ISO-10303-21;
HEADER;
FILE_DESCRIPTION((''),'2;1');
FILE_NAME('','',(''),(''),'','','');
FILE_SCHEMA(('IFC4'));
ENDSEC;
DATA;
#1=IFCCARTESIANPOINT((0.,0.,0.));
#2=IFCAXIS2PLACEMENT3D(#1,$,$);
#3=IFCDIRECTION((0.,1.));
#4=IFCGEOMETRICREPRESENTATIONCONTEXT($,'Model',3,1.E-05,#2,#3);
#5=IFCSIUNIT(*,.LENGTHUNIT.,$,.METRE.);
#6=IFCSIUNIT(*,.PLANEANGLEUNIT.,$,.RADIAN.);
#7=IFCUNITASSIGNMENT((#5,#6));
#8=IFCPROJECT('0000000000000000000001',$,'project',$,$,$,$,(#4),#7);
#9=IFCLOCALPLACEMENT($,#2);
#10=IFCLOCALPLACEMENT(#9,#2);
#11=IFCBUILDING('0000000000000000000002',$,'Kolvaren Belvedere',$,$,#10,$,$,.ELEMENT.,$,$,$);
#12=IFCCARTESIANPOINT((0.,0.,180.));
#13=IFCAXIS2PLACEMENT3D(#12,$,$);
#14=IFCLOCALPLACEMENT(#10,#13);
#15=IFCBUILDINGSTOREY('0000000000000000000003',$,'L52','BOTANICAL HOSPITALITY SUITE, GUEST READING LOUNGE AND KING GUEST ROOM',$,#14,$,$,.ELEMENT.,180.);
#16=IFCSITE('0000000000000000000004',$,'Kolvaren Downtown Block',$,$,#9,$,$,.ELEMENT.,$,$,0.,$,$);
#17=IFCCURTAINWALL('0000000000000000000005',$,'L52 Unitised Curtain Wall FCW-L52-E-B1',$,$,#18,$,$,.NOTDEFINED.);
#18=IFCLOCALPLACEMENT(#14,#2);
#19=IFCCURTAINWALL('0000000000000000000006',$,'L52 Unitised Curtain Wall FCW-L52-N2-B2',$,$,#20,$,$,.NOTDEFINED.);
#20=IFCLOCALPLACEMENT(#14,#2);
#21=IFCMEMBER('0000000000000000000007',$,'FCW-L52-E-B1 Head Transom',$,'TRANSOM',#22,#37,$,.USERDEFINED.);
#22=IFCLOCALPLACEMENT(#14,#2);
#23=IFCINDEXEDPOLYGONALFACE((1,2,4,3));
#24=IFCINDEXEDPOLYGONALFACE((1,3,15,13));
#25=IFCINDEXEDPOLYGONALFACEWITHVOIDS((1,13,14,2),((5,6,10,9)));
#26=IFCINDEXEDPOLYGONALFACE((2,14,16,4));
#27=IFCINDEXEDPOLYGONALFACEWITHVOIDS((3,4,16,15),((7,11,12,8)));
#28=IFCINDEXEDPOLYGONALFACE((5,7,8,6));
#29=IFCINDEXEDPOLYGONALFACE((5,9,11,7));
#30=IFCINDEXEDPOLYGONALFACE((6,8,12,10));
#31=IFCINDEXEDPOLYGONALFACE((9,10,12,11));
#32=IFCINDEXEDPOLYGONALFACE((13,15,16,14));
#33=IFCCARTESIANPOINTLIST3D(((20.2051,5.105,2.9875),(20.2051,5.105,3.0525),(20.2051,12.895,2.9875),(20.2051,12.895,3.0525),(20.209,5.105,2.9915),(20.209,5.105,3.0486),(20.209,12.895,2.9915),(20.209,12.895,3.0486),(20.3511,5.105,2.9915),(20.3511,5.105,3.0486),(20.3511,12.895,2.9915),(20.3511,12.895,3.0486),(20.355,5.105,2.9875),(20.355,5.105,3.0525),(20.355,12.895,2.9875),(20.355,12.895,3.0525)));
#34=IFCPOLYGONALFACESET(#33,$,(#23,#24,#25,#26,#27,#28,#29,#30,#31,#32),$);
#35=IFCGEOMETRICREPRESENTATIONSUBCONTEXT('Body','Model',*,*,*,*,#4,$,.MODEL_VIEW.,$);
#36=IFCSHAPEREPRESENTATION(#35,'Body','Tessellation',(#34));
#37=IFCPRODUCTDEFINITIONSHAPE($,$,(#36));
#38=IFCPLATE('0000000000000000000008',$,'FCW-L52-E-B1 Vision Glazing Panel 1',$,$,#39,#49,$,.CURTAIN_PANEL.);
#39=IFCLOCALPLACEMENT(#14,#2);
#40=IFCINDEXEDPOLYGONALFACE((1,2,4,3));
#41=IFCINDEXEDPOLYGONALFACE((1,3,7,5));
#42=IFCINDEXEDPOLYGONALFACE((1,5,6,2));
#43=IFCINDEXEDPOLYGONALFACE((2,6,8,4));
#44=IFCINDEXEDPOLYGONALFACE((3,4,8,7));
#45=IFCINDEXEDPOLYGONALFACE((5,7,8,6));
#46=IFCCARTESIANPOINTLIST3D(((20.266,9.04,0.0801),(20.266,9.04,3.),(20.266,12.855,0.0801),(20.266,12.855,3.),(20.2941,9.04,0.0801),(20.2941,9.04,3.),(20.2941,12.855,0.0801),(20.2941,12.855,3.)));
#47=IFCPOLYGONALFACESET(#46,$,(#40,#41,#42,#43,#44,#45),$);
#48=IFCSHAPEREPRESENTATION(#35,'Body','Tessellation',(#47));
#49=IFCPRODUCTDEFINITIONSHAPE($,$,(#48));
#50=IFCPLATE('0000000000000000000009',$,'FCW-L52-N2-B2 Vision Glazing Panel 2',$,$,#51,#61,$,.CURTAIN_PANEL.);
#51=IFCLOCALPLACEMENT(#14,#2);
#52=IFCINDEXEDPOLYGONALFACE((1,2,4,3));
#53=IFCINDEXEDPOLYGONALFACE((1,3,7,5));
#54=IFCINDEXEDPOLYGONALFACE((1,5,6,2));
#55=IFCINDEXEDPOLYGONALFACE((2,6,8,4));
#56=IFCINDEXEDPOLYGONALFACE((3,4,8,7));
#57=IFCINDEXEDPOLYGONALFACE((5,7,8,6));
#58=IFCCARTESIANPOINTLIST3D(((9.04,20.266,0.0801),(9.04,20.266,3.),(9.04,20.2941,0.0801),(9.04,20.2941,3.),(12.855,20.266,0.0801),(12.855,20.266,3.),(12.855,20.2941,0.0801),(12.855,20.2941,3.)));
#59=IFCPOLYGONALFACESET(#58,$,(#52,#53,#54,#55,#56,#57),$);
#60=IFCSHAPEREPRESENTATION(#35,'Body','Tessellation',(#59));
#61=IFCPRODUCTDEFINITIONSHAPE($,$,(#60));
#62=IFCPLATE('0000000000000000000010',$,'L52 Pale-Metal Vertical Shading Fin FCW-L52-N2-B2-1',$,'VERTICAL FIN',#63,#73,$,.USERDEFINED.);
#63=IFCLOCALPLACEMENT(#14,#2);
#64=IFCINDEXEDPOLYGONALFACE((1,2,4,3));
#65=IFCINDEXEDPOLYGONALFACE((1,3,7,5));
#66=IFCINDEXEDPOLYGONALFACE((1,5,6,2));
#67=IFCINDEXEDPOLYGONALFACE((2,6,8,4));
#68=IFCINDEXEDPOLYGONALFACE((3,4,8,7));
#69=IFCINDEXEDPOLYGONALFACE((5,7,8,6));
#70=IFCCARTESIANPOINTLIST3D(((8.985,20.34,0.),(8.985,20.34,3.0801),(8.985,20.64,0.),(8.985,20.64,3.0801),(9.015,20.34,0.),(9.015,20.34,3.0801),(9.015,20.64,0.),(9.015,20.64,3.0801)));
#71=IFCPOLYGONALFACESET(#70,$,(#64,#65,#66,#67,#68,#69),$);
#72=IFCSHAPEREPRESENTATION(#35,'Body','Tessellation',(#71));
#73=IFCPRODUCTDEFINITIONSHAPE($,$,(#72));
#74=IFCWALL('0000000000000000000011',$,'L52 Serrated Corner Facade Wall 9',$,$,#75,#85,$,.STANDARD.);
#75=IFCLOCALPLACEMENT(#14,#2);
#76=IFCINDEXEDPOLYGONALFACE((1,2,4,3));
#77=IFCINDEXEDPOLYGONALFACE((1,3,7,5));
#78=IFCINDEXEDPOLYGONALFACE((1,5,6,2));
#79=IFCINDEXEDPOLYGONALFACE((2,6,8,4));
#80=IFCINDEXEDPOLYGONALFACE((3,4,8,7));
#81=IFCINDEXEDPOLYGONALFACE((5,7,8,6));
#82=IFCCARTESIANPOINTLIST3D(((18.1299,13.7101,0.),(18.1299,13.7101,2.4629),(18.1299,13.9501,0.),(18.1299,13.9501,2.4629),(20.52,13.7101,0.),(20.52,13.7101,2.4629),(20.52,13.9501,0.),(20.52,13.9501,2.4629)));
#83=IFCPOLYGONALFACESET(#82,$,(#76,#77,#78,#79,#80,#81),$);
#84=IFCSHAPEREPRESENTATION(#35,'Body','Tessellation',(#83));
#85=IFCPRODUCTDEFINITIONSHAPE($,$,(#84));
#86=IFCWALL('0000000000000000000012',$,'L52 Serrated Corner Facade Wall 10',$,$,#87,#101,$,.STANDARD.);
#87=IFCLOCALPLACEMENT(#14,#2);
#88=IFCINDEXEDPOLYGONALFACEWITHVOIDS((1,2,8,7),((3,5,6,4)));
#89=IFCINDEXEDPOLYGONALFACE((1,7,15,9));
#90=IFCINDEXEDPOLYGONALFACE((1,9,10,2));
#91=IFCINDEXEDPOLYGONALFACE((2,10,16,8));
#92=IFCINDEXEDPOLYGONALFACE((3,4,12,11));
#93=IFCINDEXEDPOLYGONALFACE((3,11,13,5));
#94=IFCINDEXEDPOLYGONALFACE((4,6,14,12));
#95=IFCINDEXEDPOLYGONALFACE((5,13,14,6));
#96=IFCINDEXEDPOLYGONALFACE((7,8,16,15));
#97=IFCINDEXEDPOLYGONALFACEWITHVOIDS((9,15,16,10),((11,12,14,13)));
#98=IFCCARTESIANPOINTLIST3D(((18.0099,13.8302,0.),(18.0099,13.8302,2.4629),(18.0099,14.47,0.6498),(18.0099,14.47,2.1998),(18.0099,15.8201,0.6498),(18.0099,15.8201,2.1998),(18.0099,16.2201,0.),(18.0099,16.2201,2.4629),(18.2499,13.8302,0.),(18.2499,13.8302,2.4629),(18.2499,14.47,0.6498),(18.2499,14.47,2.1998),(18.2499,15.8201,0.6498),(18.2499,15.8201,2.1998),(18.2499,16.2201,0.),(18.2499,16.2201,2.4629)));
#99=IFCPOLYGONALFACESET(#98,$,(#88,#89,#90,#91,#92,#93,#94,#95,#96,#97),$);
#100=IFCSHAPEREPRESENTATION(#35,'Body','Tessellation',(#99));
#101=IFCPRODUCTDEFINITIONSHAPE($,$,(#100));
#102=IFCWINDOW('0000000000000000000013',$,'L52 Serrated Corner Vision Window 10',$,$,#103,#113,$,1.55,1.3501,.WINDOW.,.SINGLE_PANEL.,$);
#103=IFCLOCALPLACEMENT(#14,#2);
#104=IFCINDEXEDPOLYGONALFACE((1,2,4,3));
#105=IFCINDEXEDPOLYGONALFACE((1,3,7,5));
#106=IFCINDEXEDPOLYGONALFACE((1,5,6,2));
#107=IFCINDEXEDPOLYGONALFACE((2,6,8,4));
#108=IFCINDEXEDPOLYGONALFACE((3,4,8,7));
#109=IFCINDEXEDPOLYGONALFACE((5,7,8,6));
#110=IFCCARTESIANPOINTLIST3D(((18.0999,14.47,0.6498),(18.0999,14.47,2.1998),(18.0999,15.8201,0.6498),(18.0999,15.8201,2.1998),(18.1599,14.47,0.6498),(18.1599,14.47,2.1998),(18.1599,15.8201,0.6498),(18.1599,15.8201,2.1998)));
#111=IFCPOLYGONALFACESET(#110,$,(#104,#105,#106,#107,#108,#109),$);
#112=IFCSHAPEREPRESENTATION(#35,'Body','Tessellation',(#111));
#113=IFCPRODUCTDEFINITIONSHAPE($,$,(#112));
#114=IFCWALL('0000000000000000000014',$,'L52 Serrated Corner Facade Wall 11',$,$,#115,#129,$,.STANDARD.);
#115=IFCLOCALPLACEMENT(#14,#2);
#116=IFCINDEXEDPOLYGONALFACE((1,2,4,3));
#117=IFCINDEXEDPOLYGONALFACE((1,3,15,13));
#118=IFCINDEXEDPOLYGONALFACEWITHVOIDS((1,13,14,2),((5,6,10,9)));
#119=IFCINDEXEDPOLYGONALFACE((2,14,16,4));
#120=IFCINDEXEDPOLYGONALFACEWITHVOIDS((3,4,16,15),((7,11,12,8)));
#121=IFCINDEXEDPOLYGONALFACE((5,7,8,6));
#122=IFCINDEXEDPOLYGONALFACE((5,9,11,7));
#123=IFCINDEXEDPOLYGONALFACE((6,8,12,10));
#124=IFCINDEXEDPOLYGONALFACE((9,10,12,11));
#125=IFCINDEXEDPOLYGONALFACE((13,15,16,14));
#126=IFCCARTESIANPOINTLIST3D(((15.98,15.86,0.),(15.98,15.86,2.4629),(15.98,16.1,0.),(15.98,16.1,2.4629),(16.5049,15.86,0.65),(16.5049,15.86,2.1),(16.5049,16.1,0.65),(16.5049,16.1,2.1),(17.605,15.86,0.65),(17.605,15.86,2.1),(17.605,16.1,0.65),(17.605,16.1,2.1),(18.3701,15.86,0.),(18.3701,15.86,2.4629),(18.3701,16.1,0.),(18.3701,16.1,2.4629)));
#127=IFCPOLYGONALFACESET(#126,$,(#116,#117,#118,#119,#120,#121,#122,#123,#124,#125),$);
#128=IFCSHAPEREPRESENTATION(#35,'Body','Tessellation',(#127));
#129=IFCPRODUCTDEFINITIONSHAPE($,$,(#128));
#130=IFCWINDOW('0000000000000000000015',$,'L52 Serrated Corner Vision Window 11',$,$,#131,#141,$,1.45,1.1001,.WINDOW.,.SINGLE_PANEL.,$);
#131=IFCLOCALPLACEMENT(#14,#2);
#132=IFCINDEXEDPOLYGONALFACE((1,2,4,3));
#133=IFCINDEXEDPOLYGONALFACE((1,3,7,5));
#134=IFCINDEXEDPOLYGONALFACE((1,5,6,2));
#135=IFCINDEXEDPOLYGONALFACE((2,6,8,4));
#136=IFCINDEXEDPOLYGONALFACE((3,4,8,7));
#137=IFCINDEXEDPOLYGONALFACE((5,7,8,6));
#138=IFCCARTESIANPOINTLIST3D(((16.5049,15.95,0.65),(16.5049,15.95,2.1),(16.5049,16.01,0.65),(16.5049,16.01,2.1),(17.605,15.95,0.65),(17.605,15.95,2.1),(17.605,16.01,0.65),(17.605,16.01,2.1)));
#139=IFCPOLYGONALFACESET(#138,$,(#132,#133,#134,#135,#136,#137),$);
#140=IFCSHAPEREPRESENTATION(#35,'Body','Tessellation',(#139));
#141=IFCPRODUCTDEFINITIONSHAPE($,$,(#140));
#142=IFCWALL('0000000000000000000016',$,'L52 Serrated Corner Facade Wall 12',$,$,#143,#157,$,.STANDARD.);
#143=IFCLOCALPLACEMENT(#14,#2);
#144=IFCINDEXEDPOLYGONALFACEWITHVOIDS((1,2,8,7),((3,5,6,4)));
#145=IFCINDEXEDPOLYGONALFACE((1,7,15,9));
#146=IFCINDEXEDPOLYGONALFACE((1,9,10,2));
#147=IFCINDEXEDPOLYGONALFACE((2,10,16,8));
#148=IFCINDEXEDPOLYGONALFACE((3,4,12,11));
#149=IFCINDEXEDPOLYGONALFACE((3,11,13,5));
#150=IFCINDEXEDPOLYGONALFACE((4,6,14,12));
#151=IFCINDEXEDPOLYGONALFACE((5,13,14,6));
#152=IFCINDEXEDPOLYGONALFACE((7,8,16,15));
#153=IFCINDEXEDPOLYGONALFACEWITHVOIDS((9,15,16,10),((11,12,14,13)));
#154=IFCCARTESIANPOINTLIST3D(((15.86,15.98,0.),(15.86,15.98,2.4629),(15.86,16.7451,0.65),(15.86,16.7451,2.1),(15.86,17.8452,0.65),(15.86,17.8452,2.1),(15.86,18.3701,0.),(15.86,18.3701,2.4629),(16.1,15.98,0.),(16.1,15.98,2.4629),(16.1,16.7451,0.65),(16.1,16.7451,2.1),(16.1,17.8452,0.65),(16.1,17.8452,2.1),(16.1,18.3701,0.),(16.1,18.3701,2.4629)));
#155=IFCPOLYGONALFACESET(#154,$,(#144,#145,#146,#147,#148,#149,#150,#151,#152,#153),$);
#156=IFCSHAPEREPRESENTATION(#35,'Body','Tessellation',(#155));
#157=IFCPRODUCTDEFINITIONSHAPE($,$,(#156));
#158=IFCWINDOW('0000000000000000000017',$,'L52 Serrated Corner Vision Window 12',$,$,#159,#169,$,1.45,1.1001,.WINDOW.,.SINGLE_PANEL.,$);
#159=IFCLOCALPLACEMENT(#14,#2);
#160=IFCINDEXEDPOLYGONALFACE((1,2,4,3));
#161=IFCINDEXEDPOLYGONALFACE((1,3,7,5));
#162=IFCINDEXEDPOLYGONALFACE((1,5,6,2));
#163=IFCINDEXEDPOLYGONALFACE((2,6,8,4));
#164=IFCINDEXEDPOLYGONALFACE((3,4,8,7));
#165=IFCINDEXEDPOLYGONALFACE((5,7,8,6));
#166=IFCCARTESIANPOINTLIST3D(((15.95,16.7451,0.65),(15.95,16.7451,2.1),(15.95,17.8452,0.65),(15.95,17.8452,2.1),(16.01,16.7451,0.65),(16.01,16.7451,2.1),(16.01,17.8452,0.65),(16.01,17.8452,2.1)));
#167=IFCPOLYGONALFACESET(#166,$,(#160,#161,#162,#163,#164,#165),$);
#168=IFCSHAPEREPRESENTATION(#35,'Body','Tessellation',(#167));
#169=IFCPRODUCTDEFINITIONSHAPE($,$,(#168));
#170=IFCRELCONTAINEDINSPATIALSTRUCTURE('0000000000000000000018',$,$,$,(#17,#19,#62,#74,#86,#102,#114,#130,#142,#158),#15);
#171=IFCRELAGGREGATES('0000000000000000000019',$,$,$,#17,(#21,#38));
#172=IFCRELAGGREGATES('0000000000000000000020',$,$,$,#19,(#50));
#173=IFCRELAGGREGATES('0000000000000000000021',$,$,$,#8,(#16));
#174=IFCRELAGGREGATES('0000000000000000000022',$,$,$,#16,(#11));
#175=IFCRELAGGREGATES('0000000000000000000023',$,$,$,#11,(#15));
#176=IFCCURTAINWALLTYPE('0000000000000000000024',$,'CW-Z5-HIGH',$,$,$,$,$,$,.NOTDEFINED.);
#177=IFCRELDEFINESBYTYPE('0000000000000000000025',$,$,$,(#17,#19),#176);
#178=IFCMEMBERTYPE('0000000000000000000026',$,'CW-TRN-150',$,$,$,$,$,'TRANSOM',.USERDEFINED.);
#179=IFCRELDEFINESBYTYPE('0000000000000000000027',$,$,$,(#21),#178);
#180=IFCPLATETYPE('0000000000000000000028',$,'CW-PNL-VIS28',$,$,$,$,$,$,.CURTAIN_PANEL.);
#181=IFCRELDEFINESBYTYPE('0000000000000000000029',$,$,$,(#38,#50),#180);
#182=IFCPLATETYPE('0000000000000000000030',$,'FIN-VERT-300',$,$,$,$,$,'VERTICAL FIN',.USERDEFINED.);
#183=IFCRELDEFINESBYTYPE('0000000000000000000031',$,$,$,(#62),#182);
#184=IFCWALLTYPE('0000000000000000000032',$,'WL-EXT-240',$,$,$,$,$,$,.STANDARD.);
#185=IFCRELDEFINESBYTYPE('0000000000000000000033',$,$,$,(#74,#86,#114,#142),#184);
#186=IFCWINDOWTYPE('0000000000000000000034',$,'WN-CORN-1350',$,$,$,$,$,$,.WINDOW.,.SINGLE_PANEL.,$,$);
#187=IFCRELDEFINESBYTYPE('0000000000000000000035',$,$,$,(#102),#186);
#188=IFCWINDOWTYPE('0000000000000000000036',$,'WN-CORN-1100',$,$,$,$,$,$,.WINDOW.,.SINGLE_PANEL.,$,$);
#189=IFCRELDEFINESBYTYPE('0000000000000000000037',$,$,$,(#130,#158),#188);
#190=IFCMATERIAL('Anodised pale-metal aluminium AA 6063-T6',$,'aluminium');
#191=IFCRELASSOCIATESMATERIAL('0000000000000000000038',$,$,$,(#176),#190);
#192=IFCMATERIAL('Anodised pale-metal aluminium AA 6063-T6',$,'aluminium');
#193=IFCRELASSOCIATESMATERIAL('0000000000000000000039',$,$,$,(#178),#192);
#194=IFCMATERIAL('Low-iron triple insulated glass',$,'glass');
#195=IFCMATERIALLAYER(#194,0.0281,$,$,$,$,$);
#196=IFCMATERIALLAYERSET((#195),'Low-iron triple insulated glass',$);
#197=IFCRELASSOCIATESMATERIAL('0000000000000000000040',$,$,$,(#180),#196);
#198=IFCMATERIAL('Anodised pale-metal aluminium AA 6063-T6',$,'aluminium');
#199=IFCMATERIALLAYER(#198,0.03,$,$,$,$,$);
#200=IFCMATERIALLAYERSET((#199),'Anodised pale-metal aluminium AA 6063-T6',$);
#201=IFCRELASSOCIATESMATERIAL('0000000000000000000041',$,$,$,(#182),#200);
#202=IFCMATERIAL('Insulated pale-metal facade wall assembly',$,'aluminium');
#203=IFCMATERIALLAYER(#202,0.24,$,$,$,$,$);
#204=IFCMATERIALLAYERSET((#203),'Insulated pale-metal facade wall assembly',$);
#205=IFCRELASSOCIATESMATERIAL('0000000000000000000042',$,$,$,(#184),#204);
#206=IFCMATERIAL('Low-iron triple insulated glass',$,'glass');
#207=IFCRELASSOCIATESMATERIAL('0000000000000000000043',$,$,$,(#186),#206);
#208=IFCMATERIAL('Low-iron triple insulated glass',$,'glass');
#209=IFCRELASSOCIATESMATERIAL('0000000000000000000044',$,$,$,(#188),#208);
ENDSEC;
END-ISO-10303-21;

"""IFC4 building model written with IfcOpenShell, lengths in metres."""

from ifc_helpers import new_model, si_unit, direction, frame, frame_2d, origin, origin_2d, place, context, subcontext, project, spatial, rectangle, hollow_rectangle, extrude, material, layer, layer_set, material_profile, profile_set, type_object, element, fill, aggregate, save


model = new_model("IFC4")

# Units and contexts
model_context = context("Model", 3, precision=1e-05, world=origin(), true_north=direction((0.0, 1.0)))
body_context = subcontext(model_context, "Body", "Model", "MODEL_VIEW")
ifc_project = project(units=[si_unit("LENGTHUNIT", "METRE"), si_unit("PLANEANGLEUNIT", "RADIAN")], contexts=[model_context])

# Site, building, storey
site_placement = place(None, origin())
site = spatial("IfcSite", under=ifc_project, at=site_placement, Name="Kolvaren Downtown Block", CompositionType="ELEMENT", RefElevation=0.0)
building_placement = place(site_placement, origin())
building = spatial("IfcBuilding", under=site, at=building_placement, Name="Kolvaren Belvedere", CompositionType="ELEMENT")
storey_placement = place(building_placement, frame((0.0, 0.0, 180.0)))
storey = spatial("IfcBuildingStorey", under=building, at=storey_placement, Name="L52", Description="BOTANICAL HOSPITALITY SUITE, GUEST READING LOUNGE AND KING GUEST ROOM", CompositionType="ELEMENT", Elevation=180.0)

# Curtain wall
ifc_material_1 = material(Name="Anodised pale-metal aluminium AA 6063-T6", Category="aluminium")
curtain_wall_type = type_object("IfcCurtainWallType", Name="CW-Z5-HIGH", PredefinedType="NOTDEFINED", material=ifc_material_1)
curtain_wall_1_placement = place(storey_placement, origin())
curtain_wall_1 = element("IfcCurtainWall", 1, at=curtain_wall_1_placement, inside=storey, type_object=curtain_wall_type, Name="L52 Unitised Curtain Wall FCW-L52-E-B1", PredefinedType="NOTDEFINED")

# Curtain wall
curtain_wall_2_placement = place(storey_placement, origin())
curtain_wall_2 = element("IfcCurtainWall", 2, at=curtain_wall_2_placement, inside=storey, type_object=curtain_wall_type, Name="L52 Unitised Curtain Wall FCW-L52-N2-B2", PredefinedType="NOTDEFINED")

# Member
ifc_material_2 = material(Name="Anodised pale-metal aluminium AA 6063-T6", Category="aluminium")
ifc_material_profile_1 = material_profile(ifc_material_2, hollow_rectangle(XDim=0.0649, YDim=0.1499, WallThickness=0.0039, at=origin_2d()), Name="ALU-TRN-150X65")
ifc_profile_set_1 = profile_set([ifc_material_profile_1], Name="Anodised pale-metal aluminium AA 6063-T6")
member_type_1 = type_object("IfcMemberType", Name="CW-TRN-150", ElementType="TRANSOM", PredefinedType="USERDEFINED", material=ifc_profile_set_1)
member_1_placement = place(storey_placement, frame((20.28, 12.895, 3.02), z_axis=(0.0, -1.0, 0.0), x_axis=(0.0, 0.0, 1.0)))
member_1 = element("IfcMember", 3, at=member_1_placement, type_object=member_type_1, Name="FCW-L52-E-B1 Head Transom", ObjectType="TRANSOM", PredefinedType="USERDEFINED", context=body_context, shape_type="SweptSolid", body=[
    extrude(hollow_rectangle(XDim=0.0649, YDim=0.1499, WallThickness=0.0039, at=origin_2d()), origin(), (0.0, 0.0, 1.0), 7.79),
])

# Plates
ifc_material_3 = material(Name="Low-iron triple insulated glass", Category="glass")
ifc_layer_1 = layer(ifc_material_3, 0.0281)
ifc_layer_set_1 = layer_set([ifc_layer_1], Name="Low-iron triple insulated glass")
plate_type_1 = type_object("IfcPlateType", Name="CW-PNL-VIS28", PredefinedType="CURTAIN_PANEL", material=ifc_layer_set_1)
plate_1_placement = place(storey_placement, frame((20.28, 10.9475, 0.0801), z_axis=(0.0, 0.0, 1.0), x_axis=(0.0, -1.0, 0.0)))
plate_1 = element("IfcPlate", 4, at=plate_1_placement, type_object=plate_type_1, Name="FCW-L52-E-B1 Vision Glazing Panel 1", PredefinedType="CURTAIN_PANEL", context=body_context, shape_type="SweptSolid", body=[
    extrude(rectangle(XDim=3.8149, YDim=0.0281, at=origin_2d()), origin(), (0.0, 0.0, 1.0), 2.9199),
])
aggregate(curtain_wall_1, [member_1, plate_1])
plate_2_placement = place(storey_placement, frame((10.9475, 20.28, 0.0801), z_axis=(0.0, 0.0, 1.0), x_axis=(1.0, 0.0, 0.0)))
plate_2 = element("IfcPlate", 5, at=plate_2_placement, type_object=plate_type_1, Name="FCW-L52-N2-B2 Vision Glazing Panel 2", PredefinedType="CURTAIN_PANEL", context=body_context, shape_type="SweptSolid", body=[
    extrude(rectangle(XDim=3.8149, YDim=0.0281, at=origin_2d()), origin(), (0.0, 0.0, 1.0), 2.9199),
])
aggregate(curtain_wall_2, [plate_2])
ifc_material_4 = material(Name="Anodised pale-metal aluminium AA 6063-T6", Category="aluminium")
ifc_layer_2 = layer(ifc_material_4, 0.03)
ifc_layer_set_2 = layer_set([ifc_layer_2], Name="Anodised pale-metal aluminium AA 6063-T6")
plate_type_2 = type_object("IfcPlateType", Name="FIN-VERT-300", ElementType="VERTICAL FIN", PredefinedType="USERDEFINED", material=ifc_layer_set_2)
plate_3_placement = place(storey_placement, frame((9.0, 20.49, 0.0), z_axis=(0.0, 0.0, 1.0), x_axis=(0.0, 1.0, 0.0)))
element("IfcPlate", 6, at=plate_3_placement, inside=storey, type_object=plate_type_2, Name="L52 Pale-Metal Vertical Shading Fin FCW-L52-N2-B2-1", ObjectType="VERTICAL FIN", PredefinedType="USERDEFINED", context=body_context, shape_type="SweptSolid", body=[
    extrude(rectangle(XDim=0.3, YDim=0.03, at=origin_2d()), origin(), (0.0, 0.0, 1.0), 3.0801),
])

# Wall
ifc_material_5 = material(Name="Insulated pale-metal facade wall assembly", Category="aluminium")
ifc_layer_3 = layer(ifc_material_5, 0.24)
ifc_layer_set_3 = layer_set([ifc_layer_3], Name="Insulated pale-metal facade wall assembly")
wall_type_1 = type_object("IfcWallType", Name="WL-EXT-240", PredefinedType="STANDARD", material=ifc_layer_set_3)
wall_1_placement = place(storey_placement, frame((18.1299, 13.8301, 0.0), z_axis=(0.0, 0.0, 1.0), x_axis=(1.0, 0.0, 0.0)))
element("IfcWall", 7, at=wall_1_placement, inside=storey, type_object=wall_type_1, Name="L52 Serrated Corner Facade Wall 9", PredefinedType="STANDARD", context=body_context, shape_type="SweptSolid", body=[
    extrude(rectangle(XDim=2.3901, YDim=0.24, at=frame_2d((1.1951, 0.0))), origin(), (0.0, 0.0, 1.0), 2.4629),
])

# Walls, openings, windows
wall_2_placement = place(storey_placement, frame((18.1299, 16.22, 0.0), z_axis=(0.0, 0.0, 1.0), x_axis=(0.0, -1.0, 0.0)))
wall_2 = element("IfcWall", 8, at=wall_2_placement, inside=storey, type_object=wall_type_1, Name="L52 Serrated Corner Facade Wall 10", PredefinedType="STANDARD", context=body_context, shape_type="SweptSolid", body=[
    extrude(rectangle(XDim=2.3899, YDim=0.24, at=frame_2d((1.1948, 0.0))), origin(), (0.0, 0.0, 1.0), 2.4629),
])
opening_1_placement = place(wall_2_placement, frame((0.3999, 0.0, 0.6499)))
opening_1 = element("IfcOpeningElement", 9, at=opening_1_placement, cuts=wall_2, PredefinedType="OPENING", context=body_context, shape_type="SweptSolid", body=[
    extrude(rectangle(XDim=1.3501, YDim=1.55, at=frame_2d((0.675, 0.7749))), frame((0.0, 0.1299, 0.0), z_axis=(0.0, -1.0, 0.0), x_axis=(1.0, 0.0, 0.0)), (0.0, 0.0, 1.0), 0.26),
])
ifc_material_6 = material(Name="Low-iron triple insulated glass", Category="glass")
window_type_1 = type_object("IfcWindowType", Name="WN-CORN-1350", PartitioningType="SINGLE_PANEL", PredefinedType="WINDOW", material=ifc_material_6)
window_1_placement = place(opening_1_placement, origin())
window_1 = element("IfcWindow", 10, at=window_1_placement, inside=storey, type_object=window_type_1, Name="L52 Serrated Corner Vision Window 10", OverallHeight=1.55, OverallWidth=1.3501, PartitioningType="SINGLE_PANEL", PredefinedType="WINDOW", context=body_context, shape_type="SweptSolid", body=[
    extrude(rectangle(XDim=1.3501, YDim=1.55, at=frame_2d((0.675, 0.7749))), frame((0.0, 0.03, 0.0), z_axis=(0.0, -1.0, 0.0), x_axis=(1.0, 0.0, 0.0)), (0.0, 0.0, 1.0), 0.0601),
])
fill(opening_1, window_1)
wall_3_placement = place(storey_placement, frame((15.98, 15.98, 0.0), z_axis=(0.0, 0.0, 1.0), x_axis=(1.0, 0.0, 0.0)))
wall_3 = element("IfcWall", 11, at=wall_3_placement, inside=storey, type_object=wall_type_1, Name="L52 Serrated Corner Facade Wall 11", PredefinedType="STANDARD", context=body_context, shape_type="SweptSolid", body=[
    extrude(rectangle(XDim=2.3901, YDim=0.24, at=frame_2d((1.1951, 0.0))), origin(), (0.0, 0.0, 1.0), 2.4629),
])
opening_2_placement = place(wall_3_placement, frame((0.5249, 0.0, 0.6499)))
opening_2 = element("IfcOpeningElement", 12, at=opening_2_placement, cuts=wall_3, PredefinedType="OPENING", context=body_context, shape_type="SweptSolid", body=[
    extrude(rectangle(XDim=1.1001, YDim=1.45, at=frame_2d((0.55, 0.7251))), frame((0.0, 0.1299, 0.0), z_axis=(0.0, -1.0, 0.0), x_axis=(1.0, 0.0, 0.0)), (0.0, 0.0, 1.0), 0.26),
])
ifc_material_7 = material(Name="Low-iron triple insulated glass", Category="glass")
window_type_2 = type_object("IfcWindowType", Name="WN-CORN-1100", PartitioningType="SINGLE_PANEL", PredefinedType="WINDOW", material=ifc_material_7)
window_2_placement = place(opening_2_placement, origin())
window_2 = element("IfcWindow", 13, at=window_2_placement, inside=storey, type_object=window_type_2, Name="L52 Serrated Corner Vision Window 11", OverallHeight=1.45, OverallWidth=1.1001, PartitioningType="SINGLE_PANEL", PredefinedType="WINDOW", context=body_context, shape_type="SweptSolid", body=[
    extrude(rectangle(XDim=1.1001, YDim=1.45, at=frame_2d((0.55, 0.7251))), frame((0.0, 0.03, 0.0), z_axis=(0.0, -1.0, 0.0), x_axis=(1.0, 0.0, 0.0)), (0.0, 0.0, 1.0), 0.0601),
])
fill(opening_2, window_2)
wall_4_placement = place(storey_placement, frame((15.98, 18.3701, 0.0), z_axis=(0.0, 0.0, 1.0), x_axis=(0.0, -1.0, 0.0)))
wall_4 = element("IfcWall", 14, at=wall_4_placement, inside=storey, type_object=wall_type_1, Name="L52 Serrated Corner Facade Wall 12", PredefinedType="STANDARD", context=body_context, shape_type="SweptSolid", body=[
    extrude(rectangle(XDim=2.3901, YDim=0.24, at=frame_2d((1.1951, 0.0))), origin(), (0.0, 0.0, 1.0), 2.4629),
])
opening_3_placement = place(wall_4_placement, frame((0.5249, 0.0, 0.6499)))
opening_3 = element("IfcOpeningElement", 15, at=opening_3_placement, cuts=wall_4, PredefinedType="OPENING", context=body_context, shape_type="SweptSolid", body=[
    extrude(rectangle(XDim=1.1001, YDim=1.45, at=frame_2d((0.55, 0.7251))), frame((0.0, 0.1299, 0.0), z_axis=(0.0, -1.0, 0.0), x_axis=(1.0, 0.0, 0.0)), (0.0, 0.0, 1.0), 0.26),
])
window_3_placement = place(opening_3_placement, origin())
window_3 = element("IfcWindow", 16, at=window_3_placement, inside=storey, type_object=window_type_2, Name="L52 Serrated Corner Vision Window 12", OverallHeight=1.45, OverallWidth=1.1001, PartitioningType="SINGLE_PANEL", PredefinedType="WINDOW", context=body_context, shape_type="SweptSolid", body=[
    extrude(rectangle(XDim=1.1001, YDim=1.45, at=frame_2d((0.55, 0.7251))), frame((0.0, 0.03, 0.0), z_axis=(0.0, -1.0, 0.0), x_axis=(1.0, 0.0, 0.0)), (0.0, 0.0, 1.0), 0.0601),
])
fill(opening_3, window_3)

save(model, "model.ifc")
